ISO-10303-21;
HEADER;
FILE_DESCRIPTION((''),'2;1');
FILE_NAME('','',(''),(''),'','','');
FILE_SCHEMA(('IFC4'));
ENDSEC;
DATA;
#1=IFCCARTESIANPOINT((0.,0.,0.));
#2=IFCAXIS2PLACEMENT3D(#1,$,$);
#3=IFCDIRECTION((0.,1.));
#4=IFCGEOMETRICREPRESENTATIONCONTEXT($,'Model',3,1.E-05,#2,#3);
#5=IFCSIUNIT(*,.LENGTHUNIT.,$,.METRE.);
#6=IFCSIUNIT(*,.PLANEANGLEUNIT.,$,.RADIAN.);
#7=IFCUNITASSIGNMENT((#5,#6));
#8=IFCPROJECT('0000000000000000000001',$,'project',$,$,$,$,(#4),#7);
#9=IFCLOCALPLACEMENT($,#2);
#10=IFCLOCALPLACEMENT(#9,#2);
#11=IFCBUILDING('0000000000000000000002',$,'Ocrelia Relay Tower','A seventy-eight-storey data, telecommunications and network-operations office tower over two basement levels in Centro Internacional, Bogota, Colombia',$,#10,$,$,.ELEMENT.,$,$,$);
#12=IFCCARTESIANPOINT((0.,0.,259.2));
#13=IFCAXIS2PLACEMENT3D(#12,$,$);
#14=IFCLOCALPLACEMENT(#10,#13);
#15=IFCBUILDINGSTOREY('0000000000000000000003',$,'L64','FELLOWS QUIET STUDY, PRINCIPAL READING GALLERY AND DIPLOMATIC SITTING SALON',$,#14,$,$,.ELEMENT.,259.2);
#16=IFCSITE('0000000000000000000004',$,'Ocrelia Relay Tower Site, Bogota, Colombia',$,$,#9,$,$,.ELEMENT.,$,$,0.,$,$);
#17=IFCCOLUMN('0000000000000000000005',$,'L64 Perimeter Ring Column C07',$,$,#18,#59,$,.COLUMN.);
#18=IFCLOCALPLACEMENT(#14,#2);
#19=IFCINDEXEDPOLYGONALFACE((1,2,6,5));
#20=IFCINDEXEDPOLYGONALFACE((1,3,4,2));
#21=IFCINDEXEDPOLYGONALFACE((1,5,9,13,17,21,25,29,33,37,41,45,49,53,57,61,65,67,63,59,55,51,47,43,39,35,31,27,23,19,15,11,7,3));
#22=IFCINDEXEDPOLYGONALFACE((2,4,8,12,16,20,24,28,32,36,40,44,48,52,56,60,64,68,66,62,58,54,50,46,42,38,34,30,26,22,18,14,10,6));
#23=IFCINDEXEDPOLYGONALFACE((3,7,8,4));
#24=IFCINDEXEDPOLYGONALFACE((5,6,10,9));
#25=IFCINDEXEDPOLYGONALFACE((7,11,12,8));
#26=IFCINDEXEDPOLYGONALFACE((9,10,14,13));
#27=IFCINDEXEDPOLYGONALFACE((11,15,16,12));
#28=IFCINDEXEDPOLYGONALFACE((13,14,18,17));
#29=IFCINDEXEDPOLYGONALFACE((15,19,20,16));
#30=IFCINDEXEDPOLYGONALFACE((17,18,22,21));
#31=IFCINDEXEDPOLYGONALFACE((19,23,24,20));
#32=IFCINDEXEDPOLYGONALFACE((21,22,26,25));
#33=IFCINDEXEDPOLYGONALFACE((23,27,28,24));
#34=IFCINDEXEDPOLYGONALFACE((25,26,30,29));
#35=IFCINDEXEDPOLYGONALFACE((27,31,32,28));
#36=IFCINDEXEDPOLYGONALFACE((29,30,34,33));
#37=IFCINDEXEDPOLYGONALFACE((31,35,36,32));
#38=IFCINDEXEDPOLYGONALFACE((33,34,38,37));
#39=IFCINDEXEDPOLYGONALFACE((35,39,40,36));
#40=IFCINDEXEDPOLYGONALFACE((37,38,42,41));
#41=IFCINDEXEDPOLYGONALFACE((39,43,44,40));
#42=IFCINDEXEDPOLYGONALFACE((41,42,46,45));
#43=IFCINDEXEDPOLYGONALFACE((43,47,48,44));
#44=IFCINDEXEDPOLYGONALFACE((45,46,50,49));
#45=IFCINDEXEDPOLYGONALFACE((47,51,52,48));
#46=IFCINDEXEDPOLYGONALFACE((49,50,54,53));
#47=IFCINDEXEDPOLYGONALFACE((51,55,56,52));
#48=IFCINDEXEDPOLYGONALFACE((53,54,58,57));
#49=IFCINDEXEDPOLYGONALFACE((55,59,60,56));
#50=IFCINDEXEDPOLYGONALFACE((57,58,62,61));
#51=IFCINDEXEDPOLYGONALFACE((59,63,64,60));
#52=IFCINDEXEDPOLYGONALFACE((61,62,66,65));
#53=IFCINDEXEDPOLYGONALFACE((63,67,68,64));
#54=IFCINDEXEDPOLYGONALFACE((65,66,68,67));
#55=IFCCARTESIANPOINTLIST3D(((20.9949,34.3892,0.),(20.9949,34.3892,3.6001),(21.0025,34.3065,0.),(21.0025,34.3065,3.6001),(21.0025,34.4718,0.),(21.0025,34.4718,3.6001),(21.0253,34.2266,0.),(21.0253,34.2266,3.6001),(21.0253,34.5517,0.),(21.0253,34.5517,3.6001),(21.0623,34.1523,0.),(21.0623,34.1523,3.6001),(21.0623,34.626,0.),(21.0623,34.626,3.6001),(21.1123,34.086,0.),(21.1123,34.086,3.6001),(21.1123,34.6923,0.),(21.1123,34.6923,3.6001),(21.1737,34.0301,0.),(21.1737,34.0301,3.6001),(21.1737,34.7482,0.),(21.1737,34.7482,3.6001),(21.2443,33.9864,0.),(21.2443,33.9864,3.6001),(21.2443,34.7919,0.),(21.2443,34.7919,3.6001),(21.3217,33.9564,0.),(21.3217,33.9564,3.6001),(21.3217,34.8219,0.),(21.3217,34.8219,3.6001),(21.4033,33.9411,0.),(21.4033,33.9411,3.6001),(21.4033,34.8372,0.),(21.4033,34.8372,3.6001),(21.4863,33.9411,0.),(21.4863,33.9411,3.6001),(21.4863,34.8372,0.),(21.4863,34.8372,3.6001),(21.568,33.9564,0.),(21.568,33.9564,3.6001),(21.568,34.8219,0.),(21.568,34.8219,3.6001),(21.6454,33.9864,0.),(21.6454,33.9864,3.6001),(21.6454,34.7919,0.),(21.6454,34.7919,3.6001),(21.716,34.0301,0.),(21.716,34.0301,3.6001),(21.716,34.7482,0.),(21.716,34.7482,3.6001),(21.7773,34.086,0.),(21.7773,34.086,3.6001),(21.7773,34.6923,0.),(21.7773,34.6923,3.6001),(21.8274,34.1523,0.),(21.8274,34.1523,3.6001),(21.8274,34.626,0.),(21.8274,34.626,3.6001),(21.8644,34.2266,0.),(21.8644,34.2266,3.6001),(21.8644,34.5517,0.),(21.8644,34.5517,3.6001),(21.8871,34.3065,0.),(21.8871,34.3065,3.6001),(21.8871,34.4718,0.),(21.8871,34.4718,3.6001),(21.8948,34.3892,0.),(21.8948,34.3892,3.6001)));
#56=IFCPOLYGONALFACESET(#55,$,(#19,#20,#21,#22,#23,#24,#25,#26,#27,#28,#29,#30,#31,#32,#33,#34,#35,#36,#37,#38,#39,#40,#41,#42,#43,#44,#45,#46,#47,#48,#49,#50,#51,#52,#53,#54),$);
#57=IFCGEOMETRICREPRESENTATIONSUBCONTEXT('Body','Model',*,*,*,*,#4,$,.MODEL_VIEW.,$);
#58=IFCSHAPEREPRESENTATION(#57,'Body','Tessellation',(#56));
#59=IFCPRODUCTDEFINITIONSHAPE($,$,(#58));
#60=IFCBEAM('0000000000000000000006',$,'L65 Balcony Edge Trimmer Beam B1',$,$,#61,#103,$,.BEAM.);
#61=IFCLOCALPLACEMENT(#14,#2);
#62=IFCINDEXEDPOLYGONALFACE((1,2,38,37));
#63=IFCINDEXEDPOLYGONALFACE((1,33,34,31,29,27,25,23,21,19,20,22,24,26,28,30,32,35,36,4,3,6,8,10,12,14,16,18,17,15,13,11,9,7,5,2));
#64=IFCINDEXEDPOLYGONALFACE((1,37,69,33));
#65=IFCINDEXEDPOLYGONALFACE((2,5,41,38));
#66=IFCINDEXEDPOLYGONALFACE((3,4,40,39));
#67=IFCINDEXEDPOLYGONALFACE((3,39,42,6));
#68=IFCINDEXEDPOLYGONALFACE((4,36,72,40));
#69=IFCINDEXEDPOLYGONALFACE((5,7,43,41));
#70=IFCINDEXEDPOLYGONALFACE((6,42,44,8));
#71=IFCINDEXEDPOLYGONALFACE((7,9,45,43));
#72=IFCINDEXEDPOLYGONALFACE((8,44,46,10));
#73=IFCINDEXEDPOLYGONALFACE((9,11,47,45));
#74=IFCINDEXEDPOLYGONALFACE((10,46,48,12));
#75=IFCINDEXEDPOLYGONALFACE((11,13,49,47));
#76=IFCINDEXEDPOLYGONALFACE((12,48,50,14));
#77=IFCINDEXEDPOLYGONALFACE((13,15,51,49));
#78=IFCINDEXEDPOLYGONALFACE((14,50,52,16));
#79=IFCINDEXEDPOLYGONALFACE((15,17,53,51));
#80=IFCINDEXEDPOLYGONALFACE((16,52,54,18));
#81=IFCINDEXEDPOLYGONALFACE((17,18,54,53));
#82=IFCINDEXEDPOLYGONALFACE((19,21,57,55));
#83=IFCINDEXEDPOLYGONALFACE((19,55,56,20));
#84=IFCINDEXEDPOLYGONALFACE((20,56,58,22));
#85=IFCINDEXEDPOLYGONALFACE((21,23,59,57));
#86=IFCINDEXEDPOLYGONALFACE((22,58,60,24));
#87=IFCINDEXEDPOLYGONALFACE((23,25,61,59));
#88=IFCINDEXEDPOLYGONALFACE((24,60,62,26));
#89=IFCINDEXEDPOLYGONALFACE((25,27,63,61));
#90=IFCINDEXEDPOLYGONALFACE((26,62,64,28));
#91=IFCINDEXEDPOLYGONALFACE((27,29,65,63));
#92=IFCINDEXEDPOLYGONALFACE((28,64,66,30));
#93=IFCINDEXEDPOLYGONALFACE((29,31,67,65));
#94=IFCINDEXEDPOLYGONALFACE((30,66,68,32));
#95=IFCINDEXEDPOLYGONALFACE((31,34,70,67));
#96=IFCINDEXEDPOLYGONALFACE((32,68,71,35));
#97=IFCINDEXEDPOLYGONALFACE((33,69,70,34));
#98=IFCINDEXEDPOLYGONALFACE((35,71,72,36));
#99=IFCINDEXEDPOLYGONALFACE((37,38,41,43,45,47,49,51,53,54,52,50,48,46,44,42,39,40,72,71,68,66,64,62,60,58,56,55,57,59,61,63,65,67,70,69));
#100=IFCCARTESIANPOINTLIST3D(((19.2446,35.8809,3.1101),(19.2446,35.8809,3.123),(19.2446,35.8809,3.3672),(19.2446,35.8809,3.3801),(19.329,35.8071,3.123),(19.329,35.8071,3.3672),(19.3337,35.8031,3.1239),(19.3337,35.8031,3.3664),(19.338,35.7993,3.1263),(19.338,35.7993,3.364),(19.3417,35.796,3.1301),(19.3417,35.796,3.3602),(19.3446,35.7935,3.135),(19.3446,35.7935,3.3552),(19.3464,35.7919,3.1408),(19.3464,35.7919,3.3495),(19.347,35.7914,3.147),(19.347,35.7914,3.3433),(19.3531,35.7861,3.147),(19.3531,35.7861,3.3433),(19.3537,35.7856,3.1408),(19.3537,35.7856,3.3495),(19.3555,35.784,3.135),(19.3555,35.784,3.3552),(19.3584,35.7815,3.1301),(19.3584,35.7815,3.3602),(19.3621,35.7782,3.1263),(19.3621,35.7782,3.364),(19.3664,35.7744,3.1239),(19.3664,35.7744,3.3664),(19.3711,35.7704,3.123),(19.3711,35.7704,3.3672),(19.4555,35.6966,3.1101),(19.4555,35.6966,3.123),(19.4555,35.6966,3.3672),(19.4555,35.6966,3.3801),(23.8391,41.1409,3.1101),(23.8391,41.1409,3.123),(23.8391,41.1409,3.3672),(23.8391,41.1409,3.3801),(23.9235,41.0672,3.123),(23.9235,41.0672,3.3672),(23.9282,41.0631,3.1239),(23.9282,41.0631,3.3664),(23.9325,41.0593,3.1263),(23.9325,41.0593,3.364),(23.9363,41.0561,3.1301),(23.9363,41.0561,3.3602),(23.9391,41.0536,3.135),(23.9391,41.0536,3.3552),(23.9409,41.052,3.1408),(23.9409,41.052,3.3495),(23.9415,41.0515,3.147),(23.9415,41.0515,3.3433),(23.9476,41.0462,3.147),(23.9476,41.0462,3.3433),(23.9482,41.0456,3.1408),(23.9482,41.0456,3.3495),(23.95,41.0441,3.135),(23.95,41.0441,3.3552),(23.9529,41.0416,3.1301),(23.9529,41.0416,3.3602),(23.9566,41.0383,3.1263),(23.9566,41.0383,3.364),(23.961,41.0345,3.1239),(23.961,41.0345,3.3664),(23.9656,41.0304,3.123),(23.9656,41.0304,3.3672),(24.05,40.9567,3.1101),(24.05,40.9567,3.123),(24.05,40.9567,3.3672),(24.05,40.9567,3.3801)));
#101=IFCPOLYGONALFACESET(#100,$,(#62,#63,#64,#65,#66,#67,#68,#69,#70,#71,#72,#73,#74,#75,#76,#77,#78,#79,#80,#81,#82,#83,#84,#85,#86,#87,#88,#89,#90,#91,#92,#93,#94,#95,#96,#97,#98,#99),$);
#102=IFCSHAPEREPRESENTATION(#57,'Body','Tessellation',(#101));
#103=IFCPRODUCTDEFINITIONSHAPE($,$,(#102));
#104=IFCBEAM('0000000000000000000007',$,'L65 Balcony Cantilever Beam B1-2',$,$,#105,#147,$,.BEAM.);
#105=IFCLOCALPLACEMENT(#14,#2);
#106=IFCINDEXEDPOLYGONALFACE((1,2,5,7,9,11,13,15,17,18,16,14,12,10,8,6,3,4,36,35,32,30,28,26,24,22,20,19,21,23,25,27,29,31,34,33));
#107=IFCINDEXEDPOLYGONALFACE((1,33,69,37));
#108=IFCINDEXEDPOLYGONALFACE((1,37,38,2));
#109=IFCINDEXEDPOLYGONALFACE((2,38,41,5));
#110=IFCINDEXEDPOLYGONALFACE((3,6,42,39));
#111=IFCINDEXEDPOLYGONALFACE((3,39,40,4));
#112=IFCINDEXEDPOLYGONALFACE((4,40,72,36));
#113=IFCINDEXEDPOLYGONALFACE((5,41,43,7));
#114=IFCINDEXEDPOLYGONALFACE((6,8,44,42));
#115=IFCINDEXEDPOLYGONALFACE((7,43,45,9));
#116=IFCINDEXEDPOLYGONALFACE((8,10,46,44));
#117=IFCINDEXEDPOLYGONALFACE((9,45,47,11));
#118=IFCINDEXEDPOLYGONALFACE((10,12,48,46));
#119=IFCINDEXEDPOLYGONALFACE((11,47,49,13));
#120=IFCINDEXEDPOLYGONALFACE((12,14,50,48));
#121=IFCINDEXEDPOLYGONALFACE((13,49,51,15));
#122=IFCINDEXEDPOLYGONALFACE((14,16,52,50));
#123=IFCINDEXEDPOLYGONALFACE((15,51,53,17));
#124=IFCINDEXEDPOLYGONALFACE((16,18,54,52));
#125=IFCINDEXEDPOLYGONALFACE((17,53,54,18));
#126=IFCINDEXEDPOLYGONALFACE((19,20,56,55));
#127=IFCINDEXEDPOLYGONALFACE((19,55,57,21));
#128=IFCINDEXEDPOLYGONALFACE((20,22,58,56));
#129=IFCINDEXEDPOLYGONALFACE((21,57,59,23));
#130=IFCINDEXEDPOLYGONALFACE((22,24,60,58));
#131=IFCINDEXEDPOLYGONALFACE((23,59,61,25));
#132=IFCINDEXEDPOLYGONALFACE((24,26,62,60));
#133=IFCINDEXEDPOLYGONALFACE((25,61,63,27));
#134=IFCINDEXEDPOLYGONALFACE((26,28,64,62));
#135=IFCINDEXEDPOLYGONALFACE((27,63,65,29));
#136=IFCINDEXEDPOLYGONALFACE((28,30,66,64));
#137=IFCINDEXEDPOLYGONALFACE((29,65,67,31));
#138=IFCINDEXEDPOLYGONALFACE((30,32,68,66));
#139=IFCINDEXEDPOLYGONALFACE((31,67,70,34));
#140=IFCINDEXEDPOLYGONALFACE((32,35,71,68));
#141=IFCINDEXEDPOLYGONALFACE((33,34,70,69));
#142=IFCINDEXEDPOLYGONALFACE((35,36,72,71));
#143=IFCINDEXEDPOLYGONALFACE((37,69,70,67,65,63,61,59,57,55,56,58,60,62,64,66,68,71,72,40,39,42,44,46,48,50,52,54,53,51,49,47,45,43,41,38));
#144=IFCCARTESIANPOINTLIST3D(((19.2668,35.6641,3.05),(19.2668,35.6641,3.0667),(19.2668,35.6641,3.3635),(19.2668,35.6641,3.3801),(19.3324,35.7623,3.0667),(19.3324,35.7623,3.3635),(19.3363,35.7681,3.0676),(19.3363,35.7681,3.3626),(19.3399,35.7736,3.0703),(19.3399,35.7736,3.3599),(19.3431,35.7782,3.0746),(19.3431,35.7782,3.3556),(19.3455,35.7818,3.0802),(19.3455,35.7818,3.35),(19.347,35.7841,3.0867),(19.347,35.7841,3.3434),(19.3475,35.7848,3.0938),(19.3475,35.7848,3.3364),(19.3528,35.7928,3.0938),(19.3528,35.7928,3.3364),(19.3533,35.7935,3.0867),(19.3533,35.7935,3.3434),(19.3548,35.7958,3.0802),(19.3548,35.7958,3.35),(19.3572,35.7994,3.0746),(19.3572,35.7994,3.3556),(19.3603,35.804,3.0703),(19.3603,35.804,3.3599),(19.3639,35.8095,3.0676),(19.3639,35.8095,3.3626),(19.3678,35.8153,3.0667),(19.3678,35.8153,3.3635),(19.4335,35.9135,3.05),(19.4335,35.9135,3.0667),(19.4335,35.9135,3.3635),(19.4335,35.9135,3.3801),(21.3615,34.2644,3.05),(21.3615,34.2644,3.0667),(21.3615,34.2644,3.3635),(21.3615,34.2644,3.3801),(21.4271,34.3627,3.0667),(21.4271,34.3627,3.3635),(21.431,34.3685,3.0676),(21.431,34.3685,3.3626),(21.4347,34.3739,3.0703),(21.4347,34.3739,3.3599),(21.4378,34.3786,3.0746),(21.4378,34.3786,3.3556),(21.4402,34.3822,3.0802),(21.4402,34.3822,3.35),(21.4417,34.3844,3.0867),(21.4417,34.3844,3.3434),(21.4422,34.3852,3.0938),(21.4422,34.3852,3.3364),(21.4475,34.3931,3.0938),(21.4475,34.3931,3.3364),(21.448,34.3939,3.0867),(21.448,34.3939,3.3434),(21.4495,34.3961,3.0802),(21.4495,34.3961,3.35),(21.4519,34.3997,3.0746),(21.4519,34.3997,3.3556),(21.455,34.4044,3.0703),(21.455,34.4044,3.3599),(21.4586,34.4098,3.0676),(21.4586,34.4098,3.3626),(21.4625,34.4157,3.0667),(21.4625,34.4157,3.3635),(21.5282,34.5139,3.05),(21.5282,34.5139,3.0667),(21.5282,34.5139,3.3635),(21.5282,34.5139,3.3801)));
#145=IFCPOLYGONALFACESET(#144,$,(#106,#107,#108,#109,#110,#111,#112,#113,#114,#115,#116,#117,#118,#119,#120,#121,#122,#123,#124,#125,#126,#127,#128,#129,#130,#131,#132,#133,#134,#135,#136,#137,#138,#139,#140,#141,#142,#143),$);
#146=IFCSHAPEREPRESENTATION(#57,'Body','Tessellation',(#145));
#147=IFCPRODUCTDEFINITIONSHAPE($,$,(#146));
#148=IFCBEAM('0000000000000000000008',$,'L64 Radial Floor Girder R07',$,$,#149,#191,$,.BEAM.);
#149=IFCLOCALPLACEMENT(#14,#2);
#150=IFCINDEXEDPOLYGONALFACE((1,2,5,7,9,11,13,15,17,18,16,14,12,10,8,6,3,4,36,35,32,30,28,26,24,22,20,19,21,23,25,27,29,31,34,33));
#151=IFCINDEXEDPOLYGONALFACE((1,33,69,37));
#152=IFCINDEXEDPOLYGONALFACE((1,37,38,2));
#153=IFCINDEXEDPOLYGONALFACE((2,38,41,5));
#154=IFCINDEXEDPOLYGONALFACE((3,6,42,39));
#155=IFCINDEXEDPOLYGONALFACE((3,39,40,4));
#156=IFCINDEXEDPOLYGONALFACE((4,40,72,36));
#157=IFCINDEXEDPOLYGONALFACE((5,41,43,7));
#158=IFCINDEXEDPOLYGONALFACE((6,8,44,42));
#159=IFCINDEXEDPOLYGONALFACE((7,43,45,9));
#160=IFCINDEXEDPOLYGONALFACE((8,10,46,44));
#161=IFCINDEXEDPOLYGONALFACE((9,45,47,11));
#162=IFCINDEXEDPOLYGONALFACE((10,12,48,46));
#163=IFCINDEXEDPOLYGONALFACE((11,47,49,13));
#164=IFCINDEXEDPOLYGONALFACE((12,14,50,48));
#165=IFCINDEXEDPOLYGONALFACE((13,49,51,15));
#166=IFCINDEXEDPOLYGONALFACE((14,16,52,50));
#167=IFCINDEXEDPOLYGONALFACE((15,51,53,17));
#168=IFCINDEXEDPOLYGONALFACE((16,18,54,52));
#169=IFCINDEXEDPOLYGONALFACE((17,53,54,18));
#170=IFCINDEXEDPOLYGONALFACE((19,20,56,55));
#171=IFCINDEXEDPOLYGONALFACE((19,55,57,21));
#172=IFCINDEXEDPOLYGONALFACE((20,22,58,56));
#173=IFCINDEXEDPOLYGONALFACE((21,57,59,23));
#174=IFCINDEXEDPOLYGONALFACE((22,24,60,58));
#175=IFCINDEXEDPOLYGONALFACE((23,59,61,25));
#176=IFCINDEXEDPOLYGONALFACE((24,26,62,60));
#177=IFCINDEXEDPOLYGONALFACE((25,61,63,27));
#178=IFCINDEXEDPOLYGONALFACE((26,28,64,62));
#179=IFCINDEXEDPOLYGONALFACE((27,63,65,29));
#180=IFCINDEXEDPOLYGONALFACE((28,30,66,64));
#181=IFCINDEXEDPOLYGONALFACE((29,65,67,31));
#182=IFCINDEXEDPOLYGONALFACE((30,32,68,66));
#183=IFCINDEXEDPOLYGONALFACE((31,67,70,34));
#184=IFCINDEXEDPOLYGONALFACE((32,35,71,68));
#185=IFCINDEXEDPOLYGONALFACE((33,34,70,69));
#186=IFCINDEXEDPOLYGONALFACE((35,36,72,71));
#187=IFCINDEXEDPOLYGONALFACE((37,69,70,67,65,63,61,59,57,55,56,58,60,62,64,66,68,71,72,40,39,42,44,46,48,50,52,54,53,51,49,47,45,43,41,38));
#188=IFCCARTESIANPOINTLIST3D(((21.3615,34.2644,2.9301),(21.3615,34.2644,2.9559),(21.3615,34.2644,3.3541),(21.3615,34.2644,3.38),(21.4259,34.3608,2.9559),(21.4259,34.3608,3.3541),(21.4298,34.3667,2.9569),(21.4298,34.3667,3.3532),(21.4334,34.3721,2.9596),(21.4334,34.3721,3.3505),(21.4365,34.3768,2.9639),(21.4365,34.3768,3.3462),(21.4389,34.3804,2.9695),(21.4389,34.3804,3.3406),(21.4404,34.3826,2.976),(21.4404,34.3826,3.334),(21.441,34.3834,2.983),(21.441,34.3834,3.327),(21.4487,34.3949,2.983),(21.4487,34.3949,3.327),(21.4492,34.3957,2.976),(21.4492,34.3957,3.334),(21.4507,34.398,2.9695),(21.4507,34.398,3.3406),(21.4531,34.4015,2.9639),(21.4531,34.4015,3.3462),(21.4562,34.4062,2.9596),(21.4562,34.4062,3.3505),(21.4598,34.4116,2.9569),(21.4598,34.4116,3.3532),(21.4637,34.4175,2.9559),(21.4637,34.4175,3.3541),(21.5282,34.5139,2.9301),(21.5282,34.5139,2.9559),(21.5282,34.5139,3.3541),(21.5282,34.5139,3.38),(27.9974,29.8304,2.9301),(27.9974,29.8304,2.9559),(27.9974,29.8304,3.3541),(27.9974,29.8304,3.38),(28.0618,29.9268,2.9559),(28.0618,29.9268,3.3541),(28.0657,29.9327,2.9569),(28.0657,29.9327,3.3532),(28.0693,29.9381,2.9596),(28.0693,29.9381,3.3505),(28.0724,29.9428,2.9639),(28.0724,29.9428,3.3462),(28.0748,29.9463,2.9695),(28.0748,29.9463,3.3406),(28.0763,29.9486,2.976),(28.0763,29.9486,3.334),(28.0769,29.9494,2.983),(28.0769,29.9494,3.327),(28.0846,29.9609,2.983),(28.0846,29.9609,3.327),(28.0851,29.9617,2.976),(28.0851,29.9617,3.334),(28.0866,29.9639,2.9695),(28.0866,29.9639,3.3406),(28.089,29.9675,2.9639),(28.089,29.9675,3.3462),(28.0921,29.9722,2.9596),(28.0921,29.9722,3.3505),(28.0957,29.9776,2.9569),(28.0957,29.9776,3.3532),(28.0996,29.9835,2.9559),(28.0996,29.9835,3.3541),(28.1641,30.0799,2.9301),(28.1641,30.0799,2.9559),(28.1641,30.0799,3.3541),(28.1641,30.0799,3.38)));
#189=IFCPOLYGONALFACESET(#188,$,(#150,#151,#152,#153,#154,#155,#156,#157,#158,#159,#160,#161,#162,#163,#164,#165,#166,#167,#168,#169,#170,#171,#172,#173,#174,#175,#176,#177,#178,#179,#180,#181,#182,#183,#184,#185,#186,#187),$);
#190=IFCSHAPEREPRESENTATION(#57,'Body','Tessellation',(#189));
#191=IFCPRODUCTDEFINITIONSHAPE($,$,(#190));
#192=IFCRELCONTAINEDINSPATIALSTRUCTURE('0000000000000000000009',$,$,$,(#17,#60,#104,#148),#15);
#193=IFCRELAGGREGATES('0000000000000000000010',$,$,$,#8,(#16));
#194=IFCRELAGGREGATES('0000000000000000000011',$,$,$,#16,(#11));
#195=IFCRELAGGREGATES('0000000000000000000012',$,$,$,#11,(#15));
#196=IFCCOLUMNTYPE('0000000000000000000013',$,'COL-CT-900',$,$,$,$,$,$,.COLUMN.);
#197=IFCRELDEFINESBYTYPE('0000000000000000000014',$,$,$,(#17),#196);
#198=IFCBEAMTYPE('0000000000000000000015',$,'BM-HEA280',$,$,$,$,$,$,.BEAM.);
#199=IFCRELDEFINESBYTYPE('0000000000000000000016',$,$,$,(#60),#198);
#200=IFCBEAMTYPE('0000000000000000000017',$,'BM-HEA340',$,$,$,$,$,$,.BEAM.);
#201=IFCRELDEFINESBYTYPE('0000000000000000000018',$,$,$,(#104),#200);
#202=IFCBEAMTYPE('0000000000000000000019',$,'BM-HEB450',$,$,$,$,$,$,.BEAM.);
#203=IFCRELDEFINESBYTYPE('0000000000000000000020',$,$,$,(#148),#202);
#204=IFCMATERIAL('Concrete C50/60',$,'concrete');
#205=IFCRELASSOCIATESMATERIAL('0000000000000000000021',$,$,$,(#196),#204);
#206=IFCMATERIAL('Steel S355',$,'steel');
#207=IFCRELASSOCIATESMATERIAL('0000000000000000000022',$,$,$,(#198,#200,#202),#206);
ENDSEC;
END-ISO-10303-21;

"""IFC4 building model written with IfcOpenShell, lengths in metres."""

from ifc_helpers import new_model, si_unit, direction, frame, origin, origin_2d, place, context, subcontext, project, spatial, circle, i_section, extrude, material, material_profile, profile_set, type_object, element, save


model = new_model("IFC4")

# Units and contexts
model_context = context("Model", 3, precision=1e-05, world=origin(), true_north=direction((0.0, 1.0)))
body_context = subcontext(model_context, "Body", "Model", "MODEL_VIEW")
ifc_project = project(units=[si_unit("LENGTHUNIT", "METRE"), si_unit("PLANEANGLEUNIT", "RADIAN")], contexts=[model_context])

# Site, building, storey
site_placement = place(None, origin())
site = spatial("IfcSite", under=ifc_project, at=site_placement, Name="Ocrelia Relay Tower Site, Bogota, Colombia", CompositionType="ELEMENT", RefElevation=0.0)
building_placement = place(site_placement, origin())
building = spatial("IfcBuilding", under=site, at=building_placement, Name="Ocrelia Relay Tower", Description="A seventy-eight-storey data, telecommunications and network-operations office tower over two basement levels in Centro Internacional, Bogota, Colombia", CompositionType="ELEMENT")
storey_placement = place(building_placement, frame((0.0, 0.0, 259.2)))
storey = spatial("IfcBuildingStorey", under=building, at=storey_placement, Name="L64", Description="FELLOWS QUIET STUDY, PRINCIPAL READING GALLERY AND DIPLOMATIC SITTING SALON", CompositionType="ELEMENT", Elevation=259.2)

# Column
ifc_material_1 = material(Name="Concrete C50/60", Category="concrete")
ifc_material_profile_1 = material_profile(ifc_material_1, circle(Radius=0.45, at=origin_2d()), Name="RC-CIR-900")
ifc_profile_set_1 = profile_set([ifc_material_profile_1], Name="Concrete C50/60")
column_type = type_object("IfcColumnType", Name="COL-CT-900", PredefinedType="COLUMN", material=ifc_profile_set_1)
column_placement = place(storey_placement, frame((21.4448, 34.3892, 0.0), z_axis=(0.0, 0.0, 1.0), x_axis=(1.0, 0.0, 0.0)))
element("IfcColumn", 1, at=column_placement, inside=storey, type_object=column_type, Name="L64 Perimeter Ring Column C07", PredefinedType="COLUMN", context=body_context, shape_type="SweptSolid", body=[
    extrude(circle(Radius=0.45, at=origin_2d()), origin(), (0.0, 0.0, 1.0), 3.6001),
])

# Beams
ifc_material_2 = material(Name="Steel S355", Category="steel")
ifc_material_profile_2 = material_profile(ifc_material_2, i_section(OverallWidth=0.28, OverallDepth=0.27, WebThickness=0.0081, FlangeThickness=0.0129, FilletRadius=0.0239, at=origin_2d()), Name="HEA 280")
ifc_profile_set_2 = profile_set([ifc_material_profile_2], Name="Steel S355")
beam_type_1 = type_object("IfcBeamType", Name="BM-HEA280", PredefinedType="BEAM", material=ifc_profile_set_2)
beam_1_placement = place(storey_placement, frame((23.9446, 41.0488, 3.2451), z_axis=(-0.657853, -0.753146, 0.0), x_axis=(0.753146, -0.657853, 0.0)))
element("IfcBeam", 2, at=beam_1_placement, inside=storey, type_object=beam_type_1, Name="L65 Balcony Edge Trimmer Beam B1", PredefinedType="BEAM", context=body_context, shape_type="SweptSolid", body=[
    extrude(i_section(OverallWidth=0.28, OverallDepth=0.27, WebThickness=0.0081, FlangeThickness=0.0129, FilletRadius=0.0239, at=origin_2d()), origin(), (0.0, 0.0, 1.0), 6.9841),
])
ifc_material_profile_3 = material_profile(ifc_material_2, i_section(OverallWidth=0.3, OverallDepth=0.3301, WebThickness=0.0095, FlangeThickness=0.0166, FilletRadius=0.0271, at=origin_2d()), Name="HEA 340")
ifc_profile_set_3 = profile_set([ifc_material_profile_3], Name="Steel S355")
beam_type_2 = type_object("IfcBeamType", Name="BM-HEA340", PredefinedType="BEAM", material=ifc_profile_set_3)
beam_2_placement = place(storey_placement, frame((21.4448, 34.3892, 3.2151), z_axis=(-0.831468, 0.555572, 0.0), x_axis=(-0.555572, -0.831468, 0.0)))
element("IfcBeam", 3, at=beam_2_placement, inside=storey, type_object=beam_type_2, Name="L65 Balcony Cantilever Beam B1-2", PredefinedType="BEAM", context=body_context, shape_type="SweptSolid", body=[
    extrude(i_section(OverallWidth=0.3, OverallDepth=0.3301, WebThickness=0.0095, FlangeThickness=0.0166, FilletRadius=0.0271, at=origin_2d()), origin(), (0.0, 0.0, 1.0), 2.5193),
])
ifc_material_profile_4 = material_profile(ifc_material_2, i_section(OverallWidth=0.3, OverallDepth=0.45, WebThickness=0.0139, FlangeThickness=0.0259, FilletRadius=0.0271, at=origin_2d()), Name="HEB 450")
ifc_profile_set_4 = profile_set([ifc_material_profile_4], Name="Steel S355")
beam_type_3 = type_object("IfcBeamType", Name="BM-HEB450", PredefinedType="BEAM", material=ifc_profile_set_4)
beam_3_placement = place(storey_placement, frame((21.4448, 34.3892, 3.155), z_axis=(0.831466, -0.555575, 0.0), x_axis=(0.555575, 0.831466, 0.0)))
element("IfcBeam", 4, at=beam_3_placement, inside=storey, type_object=beam_type_3, Name="L64 Radial Floor Girder R07", PredefinedType="BEAM", context=body_context, shape_type="SweptSolid", body=[
    extrude(i_section(OverallWidth=0.3, OverallDepth=0.45, WebThickness=0.0139, FlangeThickness=0.0259, FilletRadius=0.0271, at=origin_2d()), origin(), (0.0, 0.0, 1.0), 7.981),
])

save(model, "model.ifc")
